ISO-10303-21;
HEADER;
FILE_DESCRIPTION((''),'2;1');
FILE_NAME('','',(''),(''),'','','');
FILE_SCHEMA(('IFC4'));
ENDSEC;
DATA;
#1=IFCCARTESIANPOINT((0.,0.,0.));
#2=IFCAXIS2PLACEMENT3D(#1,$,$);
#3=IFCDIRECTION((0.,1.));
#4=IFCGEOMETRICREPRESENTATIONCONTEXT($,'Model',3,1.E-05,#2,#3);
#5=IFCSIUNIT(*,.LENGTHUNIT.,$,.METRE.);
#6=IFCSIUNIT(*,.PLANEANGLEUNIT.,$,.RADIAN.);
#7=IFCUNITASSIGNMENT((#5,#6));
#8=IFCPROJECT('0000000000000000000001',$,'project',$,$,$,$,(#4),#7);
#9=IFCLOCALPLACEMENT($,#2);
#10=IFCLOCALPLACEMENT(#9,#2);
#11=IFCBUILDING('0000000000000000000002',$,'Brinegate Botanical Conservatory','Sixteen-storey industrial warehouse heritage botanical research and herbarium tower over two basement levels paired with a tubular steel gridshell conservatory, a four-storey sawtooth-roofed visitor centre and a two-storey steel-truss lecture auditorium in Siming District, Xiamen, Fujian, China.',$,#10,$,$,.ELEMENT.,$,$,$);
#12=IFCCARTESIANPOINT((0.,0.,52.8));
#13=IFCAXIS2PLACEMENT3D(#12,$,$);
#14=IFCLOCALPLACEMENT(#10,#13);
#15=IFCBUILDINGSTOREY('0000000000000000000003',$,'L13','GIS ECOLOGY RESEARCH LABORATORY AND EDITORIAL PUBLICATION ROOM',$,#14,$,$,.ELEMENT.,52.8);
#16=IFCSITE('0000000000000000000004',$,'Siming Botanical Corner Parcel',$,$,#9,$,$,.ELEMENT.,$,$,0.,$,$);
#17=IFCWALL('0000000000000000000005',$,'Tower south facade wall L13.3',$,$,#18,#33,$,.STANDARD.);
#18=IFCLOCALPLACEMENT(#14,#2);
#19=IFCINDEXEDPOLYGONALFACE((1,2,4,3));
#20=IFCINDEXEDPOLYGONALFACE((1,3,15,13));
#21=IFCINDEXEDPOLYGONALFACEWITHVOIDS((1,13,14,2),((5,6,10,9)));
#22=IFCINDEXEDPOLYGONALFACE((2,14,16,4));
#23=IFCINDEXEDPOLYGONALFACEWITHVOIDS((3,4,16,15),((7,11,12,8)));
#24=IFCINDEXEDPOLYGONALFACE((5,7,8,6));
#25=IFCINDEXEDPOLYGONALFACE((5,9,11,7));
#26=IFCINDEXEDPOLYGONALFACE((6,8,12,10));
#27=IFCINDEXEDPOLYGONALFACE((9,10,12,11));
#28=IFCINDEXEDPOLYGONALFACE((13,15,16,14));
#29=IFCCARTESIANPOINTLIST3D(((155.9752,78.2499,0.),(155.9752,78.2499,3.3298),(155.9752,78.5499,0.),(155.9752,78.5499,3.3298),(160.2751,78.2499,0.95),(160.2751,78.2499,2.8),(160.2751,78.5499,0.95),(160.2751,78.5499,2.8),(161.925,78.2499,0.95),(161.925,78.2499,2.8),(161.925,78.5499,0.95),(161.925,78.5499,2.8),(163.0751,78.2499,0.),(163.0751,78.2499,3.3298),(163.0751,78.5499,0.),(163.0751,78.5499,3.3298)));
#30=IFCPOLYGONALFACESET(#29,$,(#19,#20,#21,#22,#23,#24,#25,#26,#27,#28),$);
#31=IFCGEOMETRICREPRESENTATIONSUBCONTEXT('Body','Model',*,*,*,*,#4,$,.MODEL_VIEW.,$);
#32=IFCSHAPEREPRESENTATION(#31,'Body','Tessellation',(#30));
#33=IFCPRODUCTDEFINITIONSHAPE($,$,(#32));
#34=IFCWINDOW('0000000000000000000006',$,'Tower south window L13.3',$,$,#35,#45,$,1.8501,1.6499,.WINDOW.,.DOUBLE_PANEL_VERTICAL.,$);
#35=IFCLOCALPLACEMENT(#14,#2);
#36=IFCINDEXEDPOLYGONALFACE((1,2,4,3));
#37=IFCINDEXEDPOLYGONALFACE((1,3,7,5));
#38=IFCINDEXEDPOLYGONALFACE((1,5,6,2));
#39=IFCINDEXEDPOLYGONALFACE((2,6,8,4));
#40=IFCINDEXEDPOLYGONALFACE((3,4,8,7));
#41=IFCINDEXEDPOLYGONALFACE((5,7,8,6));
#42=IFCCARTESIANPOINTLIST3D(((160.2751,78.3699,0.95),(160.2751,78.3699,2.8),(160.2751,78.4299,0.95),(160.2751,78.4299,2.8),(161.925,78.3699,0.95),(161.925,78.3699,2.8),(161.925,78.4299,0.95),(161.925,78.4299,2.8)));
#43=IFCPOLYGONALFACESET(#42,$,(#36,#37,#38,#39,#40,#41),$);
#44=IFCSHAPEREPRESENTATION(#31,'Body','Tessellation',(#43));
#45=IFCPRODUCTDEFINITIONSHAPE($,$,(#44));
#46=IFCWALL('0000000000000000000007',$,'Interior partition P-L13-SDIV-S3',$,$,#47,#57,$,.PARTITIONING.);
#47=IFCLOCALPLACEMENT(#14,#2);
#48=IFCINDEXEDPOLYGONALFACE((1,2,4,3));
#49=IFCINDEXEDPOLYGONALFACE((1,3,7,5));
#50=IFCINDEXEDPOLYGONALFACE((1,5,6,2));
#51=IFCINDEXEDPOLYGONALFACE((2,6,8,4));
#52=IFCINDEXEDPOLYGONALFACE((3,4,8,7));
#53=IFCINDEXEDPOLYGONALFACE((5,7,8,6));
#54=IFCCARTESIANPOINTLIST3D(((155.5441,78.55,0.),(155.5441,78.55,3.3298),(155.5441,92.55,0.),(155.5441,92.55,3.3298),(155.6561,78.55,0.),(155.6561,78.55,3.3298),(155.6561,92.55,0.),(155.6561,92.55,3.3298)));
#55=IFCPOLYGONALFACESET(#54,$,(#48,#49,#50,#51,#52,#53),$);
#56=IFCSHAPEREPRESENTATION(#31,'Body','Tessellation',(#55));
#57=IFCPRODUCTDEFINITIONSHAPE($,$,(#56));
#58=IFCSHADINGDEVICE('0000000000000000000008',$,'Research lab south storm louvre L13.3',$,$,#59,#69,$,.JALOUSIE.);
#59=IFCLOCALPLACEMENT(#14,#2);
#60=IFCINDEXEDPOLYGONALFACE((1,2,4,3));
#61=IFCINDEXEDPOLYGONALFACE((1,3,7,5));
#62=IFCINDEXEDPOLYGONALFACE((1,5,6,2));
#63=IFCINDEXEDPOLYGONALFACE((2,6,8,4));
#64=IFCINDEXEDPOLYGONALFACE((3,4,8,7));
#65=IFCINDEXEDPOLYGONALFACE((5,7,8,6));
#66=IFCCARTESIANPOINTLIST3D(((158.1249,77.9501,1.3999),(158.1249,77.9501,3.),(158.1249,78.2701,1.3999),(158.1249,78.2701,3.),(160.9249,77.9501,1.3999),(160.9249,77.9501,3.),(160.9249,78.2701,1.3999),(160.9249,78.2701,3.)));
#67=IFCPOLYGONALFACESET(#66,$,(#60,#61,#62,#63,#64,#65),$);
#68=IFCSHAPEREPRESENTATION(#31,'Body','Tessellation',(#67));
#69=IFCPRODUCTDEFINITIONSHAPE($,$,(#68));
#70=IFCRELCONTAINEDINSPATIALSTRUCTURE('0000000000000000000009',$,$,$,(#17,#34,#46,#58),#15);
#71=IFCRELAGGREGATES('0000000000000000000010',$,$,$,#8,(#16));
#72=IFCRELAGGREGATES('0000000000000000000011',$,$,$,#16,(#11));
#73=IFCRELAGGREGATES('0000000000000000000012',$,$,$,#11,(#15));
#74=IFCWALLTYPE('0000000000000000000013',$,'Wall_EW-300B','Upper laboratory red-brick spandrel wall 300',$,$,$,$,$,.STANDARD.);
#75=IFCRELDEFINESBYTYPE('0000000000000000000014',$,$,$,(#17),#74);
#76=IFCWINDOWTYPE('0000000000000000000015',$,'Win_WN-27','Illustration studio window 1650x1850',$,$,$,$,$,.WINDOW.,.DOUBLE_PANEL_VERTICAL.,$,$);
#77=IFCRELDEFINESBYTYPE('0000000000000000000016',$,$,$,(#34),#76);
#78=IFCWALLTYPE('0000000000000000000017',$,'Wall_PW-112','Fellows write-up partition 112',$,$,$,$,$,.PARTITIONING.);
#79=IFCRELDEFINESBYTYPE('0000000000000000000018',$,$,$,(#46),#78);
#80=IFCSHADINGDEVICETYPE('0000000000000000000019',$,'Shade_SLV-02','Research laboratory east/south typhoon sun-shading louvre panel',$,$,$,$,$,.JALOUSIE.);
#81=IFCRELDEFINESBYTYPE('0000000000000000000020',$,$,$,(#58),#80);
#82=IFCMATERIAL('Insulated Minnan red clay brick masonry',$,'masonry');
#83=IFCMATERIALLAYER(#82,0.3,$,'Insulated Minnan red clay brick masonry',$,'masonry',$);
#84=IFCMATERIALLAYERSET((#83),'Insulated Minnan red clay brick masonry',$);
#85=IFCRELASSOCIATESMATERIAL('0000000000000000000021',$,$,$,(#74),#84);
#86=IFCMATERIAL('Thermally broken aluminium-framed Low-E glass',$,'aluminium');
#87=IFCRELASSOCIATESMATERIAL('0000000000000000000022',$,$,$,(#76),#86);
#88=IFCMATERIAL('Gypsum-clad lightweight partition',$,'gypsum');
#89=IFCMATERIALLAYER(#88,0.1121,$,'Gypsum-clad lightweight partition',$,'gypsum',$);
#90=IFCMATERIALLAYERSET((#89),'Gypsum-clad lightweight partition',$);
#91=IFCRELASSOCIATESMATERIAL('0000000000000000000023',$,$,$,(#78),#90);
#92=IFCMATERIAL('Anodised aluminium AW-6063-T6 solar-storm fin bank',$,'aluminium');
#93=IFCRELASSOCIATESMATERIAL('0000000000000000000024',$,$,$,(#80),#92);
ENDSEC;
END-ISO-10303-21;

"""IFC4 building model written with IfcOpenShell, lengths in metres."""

from ifc_helpers import new_model, si_unit, direction, frame, frame_2d, origin, origin_2d, place, context, subcontext, project, spatial, rectangle, extrude, material, layer, layer_set, type_object, element, fill, save


model = new_model("IFC4")

# Units and contexts
model_context = context("Model", 3, precision=1e-05, world=origin(), true_north=direction((0.0, 1.0)))
body_context = subcontext(model_context, "Body", "Model", "MODEL_VIEW")
ifc_project = project(units=[si_unit("LENGTHUNIT", "METRE"), si_unit("PLANEANGLEUNIT", "RADIAN")], contexts=[model_context])

# Site, building, storey
site_placement = place(None, origin())
site = spatial("IfcSite", under=ifc_project, at=site_placement, Name="Siming Botanical Corner Parcel", CompositionType="ELEMENT", RefElevation=0.0)
building_placement = place(site_placement, origin())
building = spatial("IfcBuilding", under=site, at=building_placement, Name="Brinegate Botanical Conservatory", Description="Sixteen-storey industrial warehouse heritage botanical research and herbarium tower over two basement levels paired with a tubular steel gridshell conservatory, a four-storey sawtooth-roofed visitor centre and a two-storey steel-truss lecture auditorium in Siming District, Xiamen, Fujian, China.", CompositionType="ELEMENT")
storey_placement = place(building_placement, frame((0.0, 0.0, 52.8)))
storey = spatial("IfcBuildingStorey", under=building, at=storey_placement, Name="L13", Description="GIS ECOLOGY RESEARCH LABORATORY AND EDITORIAL PUBLICATION ROOM", CompositionType="ELEMENT", Elevation=52.8)

# Wall, opening, window
ifc_material_1 = material(Name="Insulated Minnan red clay brick masonry", Category="masonry")
ifc_layer_1 = layer(ifc_material_1, 0.3, Name="Insulated Minnan red clay brick masonry", Category="masonry")
ifc_layer_set_1 = layer_set([ifc_layer_1], Name="Insulated Minnan red clay brick masonry")
wall_type_1 = type_object("IfcWallType", Name="Wall_EW-300B", Description="Upper laboratory red-brick spandrel wall 300", PredefinedType="STANDARD", material=ifc_layer_set_1)
wall_1_placement = place(storey_placement, frame((163.075, 78.3999, 0.0), z_axis=(0.0, 0.0, 1.0), x_axis=(-1.0, 0.0, 0.0)))
wall_1 = element("IfcWall", 1, at=wall_1_placement, inside=storey, type_object=wall_type_1, Name="Tower south facade wall L13.3", PredefinedType="STANDARD", context=body_context, shape_type="SweptSolid", body=[
    extrude(rectangle(XDim=7.0999, YDim=0.3, at=frame_2d((3.5498, 0.0))), origin(), (0.0, 0.0, 1.0), 3.3298),
])
opening_placement = place(wall_1_placement, frame((1.1499, 0.0, 0.95)))
opening = element("IfcOpeningElement", 2, at=opening_placement, cuts=wall_1, PredefinedType="OPENING", context=body_context, shape_type="SweptSolid", body=[
    extrude(rectangle(XDim=1.6499, YDim=1.8501, at=frame_2d((0.825, 0.925))), frame((0.0, 0.1599, 0.0), z_axis=(0.0, -1.0, 0.0), x_axis=(1.0, 0.0, 0.0)), (0.0, 0.0, 1.0), 0.3201),
])
ifc_material_2 = material(Name="Thermally broken aluminium-framed Low-E glass", Category="aluminium")
window_type = type_object("IfcWindowType", Name="Win_WN-27", Description="Illustration studio window 1650x1850", PartitioningType="DOUBLE_PANEL_VERTICAL", PredefinedType="WINDOW", material=ifc_material_2)
window_placement = place(opening_placement, origin())
window = element("IfcWindow", 3, at=window_placement, inside=storey, type_object=window_type, Name="Tower south window L13.3", OverallHeight=1.8501, OverallWidth=1.6499, PartitioningType="DOUBLE_PANEL_VERTICAL", PredefinedType="WINDOW", context=body_context, shape_type="SweptSolid", body=[
    extrude(rectangle(XDim=1.6499, YDim=1.8501, at=frame_2d((0.825, 0.925))), frame((0.0, 0.03, 0.0), z_axis=(0.0, -1.0, 0.0), x_axis=(1.0, 0.0, 0.0)), (0.0, 0.0, 1.0), 0.0601),
])
fill(opening, window)

# Wall
ifc_material_3 = material(Name="Gypsum-clad lightweight partition", Category="gypsum")
ifc_layer_2 = layer(ifc_material_3, 0.1121, Name="Gypsum-clad lightweight partition", Category="gypsum")
ifc_layer_set_2 = layer_set([ifc_layer_2], Name="Gypsum-clad lightweight partition")
wall_type_2 = type_object("IfcWallType", Name="Wall_PW-112", Description="Fellows write-up partition 112", PredefinedType="PARTITIONING", material=ifc_layer_set_2)
wall_2_placement = place(storey_placement, frame((155.6001, 78.55, 0.0), z_axis=(0.0, 0.0, 1.0), x_axis=(0.0, 1.0, 0.0)))
element("IfcWall", 4, at=wall_2_placement, inside=storey, type_object=wall_type_2, Name="Interior partition P-L13-SDIV-S3", PredefinedType="PARTITIONING", context=body_context, shape_type="SweptSolid", body=[
    extrude(rectangle(XDim=14.0, YDim=0.1121, at=frame_2d((7.0, 0.0))), origin(), (0.0, 0.0, 1.0), 3.3298),
])

# Shading device
ifc_material_4 = material(Name="Anodised aluminium AW-6063-T6 solar-storm fin bank", Category="aluminium")
shading_device_type = type_object("IfcShadingDeviceType", Name="Shade_SLV-02", Description="Research laboratory east/south typhoon sun-shading louvre panel", PredefinedType="JALOUSIE", material=ifc_material_4)
shading_device_placement = place(storey_placement, frame((159.5249, 78.1101, 1.3999), z_axis=(0.0, 0.0, 1.0), x_axis=(1.0, 0.0, 0.0)))
element("IfcShadingDevice", 5, at=shading_device_placement, inside=storey, type_object=shading_device_type, Name="Research lab south storm louvre L13.3", PredefinedType="JALOUSIE", context=body_context, shape_type="SweptSolid", body=[
    extrude(rectangle(XDim=2.8, YDim=0.3201, at=origin_2d()), origin(), (0.0, 0.0, 1.0), 1.6001),
])

save(model, "model.ifc")
